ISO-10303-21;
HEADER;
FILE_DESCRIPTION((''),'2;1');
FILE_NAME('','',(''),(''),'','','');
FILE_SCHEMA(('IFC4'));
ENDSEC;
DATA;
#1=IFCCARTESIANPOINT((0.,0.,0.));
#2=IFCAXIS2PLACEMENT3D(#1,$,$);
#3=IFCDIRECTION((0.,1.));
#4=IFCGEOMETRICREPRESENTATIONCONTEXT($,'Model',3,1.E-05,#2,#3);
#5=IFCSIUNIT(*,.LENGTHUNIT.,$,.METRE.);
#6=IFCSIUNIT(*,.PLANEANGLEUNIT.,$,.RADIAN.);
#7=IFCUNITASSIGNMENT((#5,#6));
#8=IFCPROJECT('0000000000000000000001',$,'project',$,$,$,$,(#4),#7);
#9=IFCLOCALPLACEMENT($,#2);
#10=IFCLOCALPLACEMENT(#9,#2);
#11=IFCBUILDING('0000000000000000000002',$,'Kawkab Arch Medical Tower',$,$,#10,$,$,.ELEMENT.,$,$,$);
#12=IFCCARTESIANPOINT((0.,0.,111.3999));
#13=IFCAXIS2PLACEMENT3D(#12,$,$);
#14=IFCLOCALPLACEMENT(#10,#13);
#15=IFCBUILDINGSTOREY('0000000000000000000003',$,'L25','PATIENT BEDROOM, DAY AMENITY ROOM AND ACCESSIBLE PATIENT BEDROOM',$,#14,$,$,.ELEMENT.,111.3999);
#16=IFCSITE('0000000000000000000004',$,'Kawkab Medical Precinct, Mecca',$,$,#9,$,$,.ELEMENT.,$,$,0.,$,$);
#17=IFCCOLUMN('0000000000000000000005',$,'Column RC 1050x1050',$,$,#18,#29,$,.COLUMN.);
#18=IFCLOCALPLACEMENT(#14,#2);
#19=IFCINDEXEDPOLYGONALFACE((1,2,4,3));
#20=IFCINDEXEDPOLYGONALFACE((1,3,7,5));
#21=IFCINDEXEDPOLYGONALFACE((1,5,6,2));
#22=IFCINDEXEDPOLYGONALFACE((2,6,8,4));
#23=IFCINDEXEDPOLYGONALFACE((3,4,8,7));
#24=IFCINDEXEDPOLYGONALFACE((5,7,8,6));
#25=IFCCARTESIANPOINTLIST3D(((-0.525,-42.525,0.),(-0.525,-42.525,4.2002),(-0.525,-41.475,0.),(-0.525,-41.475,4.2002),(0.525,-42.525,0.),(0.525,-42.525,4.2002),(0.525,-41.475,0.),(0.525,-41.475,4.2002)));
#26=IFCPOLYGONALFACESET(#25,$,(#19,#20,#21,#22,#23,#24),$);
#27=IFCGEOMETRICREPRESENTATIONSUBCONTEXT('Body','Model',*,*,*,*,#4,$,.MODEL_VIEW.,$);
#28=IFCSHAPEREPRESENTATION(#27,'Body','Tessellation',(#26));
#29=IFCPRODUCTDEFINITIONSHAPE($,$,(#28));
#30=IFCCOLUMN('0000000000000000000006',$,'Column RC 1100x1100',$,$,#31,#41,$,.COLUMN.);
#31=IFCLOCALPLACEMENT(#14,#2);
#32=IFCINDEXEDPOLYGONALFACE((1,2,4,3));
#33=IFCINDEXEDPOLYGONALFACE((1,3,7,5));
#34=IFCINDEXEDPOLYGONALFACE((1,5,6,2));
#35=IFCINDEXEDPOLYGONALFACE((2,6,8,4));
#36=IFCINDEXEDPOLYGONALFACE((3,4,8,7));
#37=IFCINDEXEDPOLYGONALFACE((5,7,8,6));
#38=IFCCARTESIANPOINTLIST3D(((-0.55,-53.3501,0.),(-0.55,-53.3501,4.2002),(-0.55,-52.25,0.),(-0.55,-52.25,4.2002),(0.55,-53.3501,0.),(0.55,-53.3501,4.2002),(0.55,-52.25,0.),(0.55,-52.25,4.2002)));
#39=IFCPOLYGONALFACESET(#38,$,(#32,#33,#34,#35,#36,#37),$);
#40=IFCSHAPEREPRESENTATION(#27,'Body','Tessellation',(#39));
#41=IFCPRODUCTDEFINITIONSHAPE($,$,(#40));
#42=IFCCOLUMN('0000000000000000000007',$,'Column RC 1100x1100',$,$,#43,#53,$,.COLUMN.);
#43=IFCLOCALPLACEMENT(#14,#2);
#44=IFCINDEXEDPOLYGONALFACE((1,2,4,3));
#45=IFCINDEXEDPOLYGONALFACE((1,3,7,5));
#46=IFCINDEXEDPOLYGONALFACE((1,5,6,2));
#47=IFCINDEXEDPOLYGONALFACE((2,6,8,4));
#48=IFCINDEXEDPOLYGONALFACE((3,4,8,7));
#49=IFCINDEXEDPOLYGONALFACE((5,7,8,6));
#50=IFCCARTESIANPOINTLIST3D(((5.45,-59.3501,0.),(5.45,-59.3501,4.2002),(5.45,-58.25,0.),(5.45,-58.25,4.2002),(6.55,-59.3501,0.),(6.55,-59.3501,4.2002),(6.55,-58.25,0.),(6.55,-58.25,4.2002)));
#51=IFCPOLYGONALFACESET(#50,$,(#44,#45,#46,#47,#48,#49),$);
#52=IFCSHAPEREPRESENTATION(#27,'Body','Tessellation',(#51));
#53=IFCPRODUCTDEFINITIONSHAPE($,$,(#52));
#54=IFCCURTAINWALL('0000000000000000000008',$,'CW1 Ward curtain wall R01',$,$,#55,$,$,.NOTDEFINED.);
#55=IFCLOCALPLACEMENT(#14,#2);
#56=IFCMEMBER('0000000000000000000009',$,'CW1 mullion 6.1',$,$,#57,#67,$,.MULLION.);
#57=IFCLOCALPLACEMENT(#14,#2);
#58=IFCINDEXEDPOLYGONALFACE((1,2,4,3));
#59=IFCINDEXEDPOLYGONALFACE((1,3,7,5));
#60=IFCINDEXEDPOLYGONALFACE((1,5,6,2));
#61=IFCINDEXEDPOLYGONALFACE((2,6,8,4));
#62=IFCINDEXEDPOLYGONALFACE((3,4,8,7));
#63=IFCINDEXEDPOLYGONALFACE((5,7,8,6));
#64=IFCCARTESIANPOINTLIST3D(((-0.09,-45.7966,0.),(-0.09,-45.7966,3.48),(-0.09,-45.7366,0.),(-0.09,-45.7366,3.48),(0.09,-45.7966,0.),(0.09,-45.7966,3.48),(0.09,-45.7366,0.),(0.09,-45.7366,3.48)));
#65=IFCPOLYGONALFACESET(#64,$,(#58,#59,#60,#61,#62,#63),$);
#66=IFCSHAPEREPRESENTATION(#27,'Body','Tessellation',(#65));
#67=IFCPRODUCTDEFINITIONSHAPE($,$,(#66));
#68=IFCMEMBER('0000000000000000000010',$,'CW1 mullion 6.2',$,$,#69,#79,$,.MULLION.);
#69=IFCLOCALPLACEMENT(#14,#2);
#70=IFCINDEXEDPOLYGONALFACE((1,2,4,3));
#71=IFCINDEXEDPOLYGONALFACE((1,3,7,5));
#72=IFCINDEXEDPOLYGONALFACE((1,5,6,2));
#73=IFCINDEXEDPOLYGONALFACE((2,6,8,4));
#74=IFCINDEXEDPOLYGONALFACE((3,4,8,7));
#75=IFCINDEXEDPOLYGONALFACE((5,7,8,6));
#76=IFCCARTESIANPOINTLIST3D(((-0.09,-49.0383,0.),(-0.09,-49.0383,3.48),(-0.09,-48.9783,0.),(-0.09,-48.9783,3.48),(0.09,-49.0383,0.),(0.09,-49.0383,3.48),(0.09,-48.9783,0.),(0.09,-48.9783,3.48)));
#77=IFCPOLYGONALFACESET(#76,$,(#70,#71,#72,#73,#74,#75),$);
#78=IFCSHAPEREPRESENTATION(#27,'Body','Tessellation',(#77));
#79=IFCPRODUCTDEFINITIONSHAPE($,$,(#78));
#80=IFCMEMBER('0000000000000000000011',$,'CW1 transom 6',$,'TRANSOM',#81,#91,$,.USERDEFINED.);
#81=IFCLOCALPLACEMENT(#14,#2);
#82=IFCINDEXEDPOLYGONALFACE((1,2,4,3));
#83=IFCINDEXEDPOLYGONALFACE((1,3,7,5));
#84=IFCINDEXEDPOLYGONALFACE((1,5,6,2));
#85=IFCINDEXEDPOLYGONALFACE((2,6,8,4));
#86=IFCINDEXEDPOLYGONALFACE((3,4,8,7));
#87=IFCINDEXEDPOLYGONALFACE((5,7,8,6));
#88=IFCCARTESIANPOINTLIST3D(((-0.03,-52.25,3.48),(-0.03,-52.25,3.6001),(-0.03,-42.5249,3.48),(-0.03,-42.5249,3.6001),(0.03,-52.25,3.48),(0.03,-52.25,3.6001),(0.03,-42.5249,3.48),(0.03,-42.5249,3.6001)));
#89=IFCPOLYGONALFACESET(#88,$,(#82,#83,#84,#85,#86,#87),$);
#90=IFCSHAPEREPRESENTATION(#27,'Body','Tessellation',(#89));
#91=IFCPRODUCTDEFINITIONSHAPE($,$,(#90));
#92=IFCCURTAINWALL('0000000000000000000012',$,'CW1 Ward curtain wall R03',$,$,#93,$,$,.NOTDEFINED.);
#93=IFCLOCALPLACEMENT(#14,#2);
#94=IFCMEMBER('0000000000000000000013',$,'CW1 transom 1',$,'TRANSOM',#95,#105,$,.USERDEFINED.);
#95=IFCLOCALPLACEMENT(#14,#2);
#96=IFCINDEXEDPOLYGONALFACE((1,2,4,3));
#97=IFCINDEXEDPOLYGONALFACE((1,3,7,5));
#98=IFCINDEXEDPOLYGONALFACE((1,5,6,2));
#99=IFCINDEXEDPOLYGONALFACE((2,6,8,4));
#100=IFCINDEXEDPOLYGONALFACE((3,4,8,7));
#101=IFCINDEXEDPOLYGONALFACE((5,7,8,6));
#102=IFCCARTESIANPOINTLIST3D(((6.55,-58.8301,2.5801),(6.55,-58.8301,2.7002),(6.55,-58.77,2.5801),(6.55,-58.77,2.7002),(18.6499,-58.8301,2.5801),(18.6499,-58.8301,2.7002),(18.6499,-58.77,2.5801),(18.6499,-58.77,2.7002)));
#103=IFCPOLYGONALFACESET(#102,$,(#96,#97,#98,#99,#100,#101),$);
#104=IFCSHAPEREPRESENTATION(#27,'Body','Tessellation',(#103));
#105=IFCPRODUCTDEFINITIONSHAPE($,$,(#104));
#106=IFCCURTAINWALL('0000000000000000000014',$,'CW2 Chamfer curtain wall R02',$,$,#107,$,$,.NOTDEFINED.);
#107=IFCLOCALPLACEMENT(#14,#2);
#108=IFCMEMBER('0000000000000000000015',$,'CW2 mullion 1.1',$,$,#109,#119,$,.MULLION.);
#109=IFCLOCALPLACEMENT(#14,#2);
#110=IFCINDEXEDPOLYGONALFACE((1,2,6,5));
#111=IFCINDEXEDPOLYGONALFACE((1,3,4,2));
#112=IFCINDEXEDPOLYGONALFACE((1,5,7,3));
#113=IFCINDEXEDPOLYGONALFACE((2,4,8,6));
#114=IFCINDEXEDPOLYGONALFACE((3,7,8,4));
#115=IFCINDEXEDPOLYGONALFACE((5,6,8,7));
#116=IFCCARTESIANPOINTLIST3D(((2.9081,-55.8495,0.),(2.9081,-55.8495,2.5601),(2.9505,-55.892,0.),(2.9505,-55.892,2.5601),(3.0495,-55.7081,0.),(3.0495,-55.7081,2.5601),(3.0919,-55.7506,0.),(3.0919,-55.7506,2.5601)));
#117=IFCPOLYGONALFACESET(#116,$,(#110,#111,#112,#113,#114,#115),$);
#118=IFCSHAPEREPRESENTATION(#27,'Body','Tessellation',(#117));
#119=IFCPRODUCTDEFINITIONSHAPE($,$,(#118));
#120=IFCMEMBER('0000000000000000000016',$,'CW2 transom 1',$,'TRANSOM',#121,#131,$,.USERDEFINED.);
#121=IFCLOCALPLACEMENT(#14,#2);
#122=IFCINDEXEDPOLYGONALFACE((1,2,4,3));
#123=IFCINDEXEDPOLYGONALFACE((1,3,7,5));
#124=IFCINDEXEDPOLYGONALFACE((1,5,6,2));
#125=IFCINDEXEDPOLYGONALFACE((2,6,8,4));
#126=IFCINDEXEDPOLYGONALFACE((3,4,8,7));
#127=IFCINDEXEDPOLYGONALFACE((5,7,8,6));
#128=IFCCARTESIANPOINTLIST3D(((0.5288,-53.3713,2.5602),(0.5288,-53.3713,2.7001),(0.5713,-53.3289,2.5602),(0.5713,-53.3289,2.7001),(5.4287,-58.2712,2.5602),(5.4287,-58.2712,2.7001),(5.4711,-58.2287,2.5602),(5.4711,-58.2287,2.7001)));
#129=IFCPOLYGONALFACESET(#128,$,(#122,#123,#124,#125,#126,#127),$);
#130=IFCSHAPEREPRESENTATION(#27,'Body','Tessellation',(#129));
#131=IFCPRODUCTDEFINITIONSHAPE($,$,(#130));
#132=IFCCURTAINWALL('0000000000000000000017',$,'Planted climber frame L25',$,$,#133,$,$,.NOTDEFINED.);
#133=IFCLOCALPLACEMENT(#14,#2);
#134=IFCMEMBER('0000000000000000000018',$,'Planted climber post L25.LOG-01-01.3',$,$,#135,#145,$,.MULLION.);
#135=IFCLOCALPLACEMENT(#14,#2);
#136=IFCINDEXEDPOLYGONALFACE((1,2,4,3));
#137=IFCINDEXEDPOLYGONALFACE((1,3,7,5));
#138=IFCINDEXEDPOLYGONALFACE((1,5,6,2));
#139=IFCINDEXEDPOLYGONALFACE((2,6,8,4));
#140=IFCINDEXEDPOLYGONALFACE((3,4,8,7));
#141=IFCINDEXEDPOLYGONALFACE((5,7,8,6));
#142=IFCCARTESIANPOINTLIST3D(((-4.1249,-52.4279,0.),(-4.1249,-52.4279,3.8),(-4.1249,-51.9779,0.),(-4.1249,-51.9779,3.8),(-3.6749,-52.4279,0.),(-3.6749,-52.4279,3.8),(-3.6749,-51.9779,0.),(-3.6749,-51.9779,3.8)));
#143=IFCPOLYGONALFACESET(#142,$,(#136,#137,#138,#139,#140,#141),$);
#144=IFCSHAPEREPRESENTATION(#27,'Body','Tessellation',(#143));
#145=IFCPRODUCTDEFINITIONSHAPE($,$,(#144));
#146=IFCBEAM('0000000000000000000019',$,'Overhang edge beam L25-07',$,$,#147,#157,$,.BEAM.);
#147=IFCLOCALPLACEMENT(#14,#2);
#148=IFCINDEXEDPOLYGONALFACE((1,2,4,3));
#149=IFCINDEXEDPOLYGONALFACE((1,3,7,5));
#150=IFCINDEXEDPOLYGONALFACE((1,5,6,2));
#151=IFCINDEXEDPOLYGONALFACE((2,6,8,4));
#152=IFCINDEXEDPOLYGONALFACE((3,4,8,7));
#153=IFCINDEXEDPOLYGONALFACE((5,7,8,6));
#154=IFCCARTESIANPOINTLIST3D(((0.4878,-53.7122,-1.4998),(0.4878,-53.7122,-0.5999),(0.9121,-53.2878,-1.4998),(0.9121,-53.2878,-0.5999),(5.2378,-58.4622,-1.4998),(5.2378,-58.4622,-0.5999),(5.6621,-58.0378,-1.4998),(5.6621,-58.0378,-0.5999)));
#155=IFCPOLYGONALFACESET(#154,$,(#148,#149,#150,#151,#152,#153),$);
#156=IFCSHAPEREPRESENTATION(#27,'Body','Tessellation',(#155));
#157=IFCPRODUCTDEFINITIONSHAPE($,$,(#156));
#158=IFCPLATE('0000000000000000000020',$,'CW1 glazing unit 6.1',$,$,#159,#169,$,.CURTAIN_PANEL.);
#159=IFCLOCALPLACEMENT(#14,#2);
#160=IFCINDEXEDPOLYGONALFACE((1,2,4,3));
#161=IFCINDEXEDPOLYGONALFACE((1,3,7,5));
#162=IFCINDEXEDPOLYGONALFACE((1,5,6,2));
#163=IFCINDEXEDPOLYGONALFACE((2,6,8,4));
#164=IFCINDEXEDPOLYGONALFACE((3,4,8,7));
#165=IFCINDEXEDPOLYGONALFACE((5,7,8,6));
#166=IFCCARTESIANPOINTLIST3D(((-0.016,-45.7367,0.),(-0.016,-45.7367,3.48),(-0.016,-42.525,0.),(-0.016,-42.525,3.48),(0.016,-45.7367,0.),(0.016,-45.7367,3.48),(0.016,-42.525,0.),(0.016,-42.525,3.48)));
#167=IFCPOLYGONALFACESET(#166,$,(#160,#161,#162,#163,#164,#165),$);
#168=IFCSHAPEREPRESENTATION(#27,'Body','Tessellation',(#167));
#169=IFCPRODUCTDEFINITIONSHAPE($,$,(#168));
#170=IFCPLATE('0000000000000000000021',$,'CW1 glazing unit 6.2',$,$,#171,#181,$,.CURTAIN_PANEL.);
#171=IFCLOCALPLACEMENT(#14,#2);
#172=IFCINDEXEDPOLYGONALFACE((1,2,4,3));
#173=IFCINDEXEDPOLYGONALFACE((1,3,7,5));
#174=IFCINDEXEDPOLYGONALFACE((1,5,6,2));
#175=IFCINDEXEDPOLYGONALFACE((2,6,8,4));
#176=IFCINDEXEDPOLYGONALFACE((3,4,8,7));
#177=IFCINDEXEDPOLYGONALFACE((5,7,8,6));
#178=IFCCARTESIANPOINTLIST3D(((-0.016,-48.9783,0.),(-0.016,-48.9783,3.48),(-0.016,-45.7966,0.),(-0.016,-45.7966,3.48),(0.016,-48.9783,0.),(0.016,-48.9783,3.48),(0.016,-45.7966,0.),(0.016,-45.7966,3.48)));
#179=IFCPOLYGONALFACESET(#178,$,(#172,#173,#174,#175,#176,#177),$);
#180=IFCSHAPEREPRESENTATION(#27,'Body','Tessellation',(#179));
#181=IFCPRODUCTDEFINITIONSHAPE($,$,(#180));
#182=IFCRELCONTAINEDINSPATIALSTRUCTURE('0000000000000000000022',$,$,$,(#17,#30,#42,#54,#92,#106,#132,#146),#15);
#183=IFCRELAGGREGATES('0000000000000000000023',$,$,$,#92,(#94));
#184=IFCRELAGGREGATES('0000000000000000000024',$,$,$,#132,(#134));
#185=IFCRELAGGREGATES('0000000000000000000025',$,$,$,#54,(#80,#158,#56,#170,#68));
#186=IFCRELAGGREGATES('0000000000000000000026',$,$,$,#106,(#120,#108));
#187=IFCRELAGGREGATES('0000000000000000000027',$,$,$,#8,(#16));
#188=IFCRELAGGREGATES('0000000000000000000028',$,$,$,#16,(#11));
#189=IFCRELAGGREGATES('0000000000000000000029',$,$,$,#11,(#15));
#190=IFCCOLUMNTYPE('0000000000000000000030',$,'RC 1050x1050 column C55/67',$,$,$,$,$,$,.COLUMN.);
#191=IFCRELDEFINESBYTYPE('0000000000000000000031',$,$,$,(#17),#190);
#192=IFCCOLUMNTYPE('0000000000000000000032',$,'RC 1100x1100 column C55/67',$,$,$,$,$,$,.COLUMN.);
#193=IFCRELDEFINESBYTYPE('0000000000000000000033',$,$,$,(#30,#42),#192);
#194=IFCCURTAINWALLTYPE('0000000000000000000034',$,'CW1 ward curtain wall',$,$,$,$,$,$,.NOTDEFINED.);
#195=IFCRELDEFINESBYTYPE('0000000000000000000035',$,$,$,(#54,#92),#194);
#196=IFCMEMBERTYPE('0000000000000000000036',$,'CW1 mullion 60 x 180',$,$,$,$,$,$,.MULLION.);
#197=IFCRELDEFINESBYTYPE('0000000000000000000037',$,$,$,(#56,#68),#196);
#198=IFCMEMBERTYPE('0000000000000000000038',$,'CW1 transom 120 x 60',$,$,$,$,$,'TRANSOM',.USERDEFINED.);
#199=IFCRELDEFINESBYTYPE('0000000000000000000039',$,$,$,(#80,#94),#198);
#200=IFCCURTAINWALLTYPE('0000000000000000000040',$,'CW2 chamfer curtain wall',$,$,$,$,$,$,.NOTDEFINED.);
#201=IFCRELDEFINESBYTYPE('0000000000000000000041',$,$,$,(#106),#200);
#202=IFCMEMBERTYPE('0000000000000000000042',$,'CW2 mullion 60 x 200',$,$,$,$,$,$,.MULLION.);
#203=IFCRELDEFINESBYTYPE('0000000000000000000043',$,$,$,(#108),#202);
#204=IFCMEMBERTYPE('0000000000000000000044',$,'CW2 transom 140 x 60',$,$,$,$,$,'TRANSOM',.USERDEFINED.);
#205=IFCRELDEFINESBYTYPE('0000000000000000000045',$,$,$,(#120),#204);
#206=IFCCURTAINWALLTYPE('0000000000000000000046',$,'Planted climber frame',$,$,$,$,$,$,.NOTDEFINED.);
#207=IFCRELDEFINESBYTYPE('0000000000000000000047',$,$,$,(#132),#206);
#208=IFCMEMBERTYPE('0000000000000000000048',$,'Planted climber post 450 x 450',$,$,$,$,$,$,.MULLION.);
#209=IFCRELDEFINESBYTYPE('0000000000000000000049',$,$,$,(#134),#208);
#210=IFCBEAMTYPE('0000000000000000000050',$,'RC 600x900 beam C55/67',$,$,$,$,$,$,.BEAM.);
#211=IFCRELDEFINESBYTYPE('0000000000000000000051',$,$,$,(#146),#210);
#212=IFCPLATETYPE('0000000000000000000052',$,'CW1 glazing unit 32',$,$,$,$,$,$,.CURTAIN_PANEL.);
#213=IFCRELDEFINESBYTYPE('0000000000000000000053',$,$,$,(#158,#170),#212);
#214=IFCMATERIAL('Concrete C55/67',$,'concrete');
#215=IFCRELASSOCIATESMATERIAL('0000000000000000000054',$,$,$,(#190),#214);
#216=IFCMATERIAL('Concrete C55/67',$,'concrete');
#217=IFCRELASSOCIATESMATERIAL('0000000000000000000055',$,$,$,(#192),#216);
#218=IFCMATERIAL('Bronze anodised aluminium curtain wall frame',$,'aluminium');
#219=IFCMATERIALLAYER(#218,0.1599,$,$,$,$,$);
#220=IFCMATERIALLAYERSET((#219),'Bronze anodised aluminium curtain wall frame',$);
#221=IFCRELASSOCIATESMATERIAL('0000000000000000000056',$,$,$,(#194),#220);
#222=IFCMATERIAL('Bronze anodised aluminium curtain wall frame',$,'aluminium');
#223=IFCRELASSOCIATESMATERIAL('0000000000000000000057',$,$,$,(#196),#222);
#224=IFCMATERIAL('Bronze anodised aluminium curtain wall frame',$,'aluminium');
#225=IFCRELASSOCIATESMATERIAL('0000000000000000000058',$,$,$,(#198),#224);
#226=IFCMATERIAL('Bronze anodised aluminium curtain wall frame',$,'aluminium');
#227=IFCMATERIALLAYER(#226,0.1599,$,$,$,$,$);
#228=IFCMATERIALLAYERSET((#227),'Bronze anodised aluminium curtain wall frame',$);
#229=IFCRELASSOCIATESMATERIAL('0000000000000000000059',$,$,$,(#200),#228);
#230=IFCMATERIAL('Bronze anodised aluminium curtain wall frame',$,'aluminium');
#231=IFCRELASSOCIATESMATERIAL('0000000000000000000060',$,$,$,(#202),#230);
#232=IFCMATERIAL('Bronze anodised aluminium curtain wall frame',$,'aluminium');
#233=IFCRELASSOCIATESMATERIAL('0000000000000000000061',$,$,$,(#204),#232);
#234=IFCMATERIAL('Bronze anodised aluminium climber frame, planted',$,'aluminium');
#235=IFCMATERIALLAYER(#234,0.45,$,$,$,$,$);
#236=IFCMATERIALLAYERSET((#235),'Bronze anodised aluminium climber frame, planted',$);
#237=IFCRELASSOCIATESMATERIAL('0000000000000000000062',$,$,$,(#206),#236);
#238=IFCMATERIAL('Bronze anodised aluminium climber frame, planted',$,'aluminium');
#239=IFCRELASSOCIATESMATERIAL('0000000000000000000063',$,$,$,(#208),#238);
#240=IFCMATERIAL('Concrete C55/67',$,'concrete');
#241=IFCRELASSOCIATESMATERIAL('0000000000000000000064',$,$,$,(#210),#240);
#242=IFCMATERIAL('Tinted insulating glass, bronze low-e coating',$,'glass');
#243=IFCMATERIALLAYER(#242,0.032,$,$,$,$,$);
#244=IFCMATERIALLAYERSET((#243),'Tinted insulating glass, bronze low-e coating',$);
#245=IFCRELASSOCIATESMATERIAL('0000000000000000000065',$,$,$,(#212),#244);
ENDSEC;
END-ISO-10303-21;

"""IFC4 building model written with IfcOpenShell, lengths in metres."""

from ifc_helpers import new_model, si_unit, direction, frame, origin, origin_2d, place, context, subcontext, project, spatial, rectangle, extrude, material, layer, layer_set, material_profile, profile_set, type_object, element, aggregate, save


model = new_model("IFC4")

# Units and contexts
model_context = context("Model", 3, precision=1e-05, world=origin(), true_north=direction((0.0, 1.0)))
body_context = subcontext(model_context, "Body", "Model", "MODEL_VIEW")
ifc_project = project(units=[si_unit("LENGTHUNIT", "METRE"), si_unit("PLANEANGLEUNIT", "RADIAN")], contexts=[model_context])

# Site, building, storey
site_placement = place(None, origin())
site = spatial("IfcSite", under=ifc_project, at=site_placement, Name="Kawkab Medical Precinct, Mecca", CompositionType="ELEMENT", RefElevation=0.0)
building_placement = place(site_placement, origin())
building = spatial("IfcBuilding", under=site, at=building_placement, Name="Kawkab Arch Medical Tower", CompositionType="ELEMENT")
storey_placement = place(building_placement, frame((0.0, 0.0, 111.3999)))
storey = spatial("IfcBuildingStorey", under=building, at=storey_placement, Name="L25", Description="PATIENT BEDROOM, DAY AMENITY ROOM AND ACCESSIBLE PATIENT BEDROOM", CompositionType="ELEMENT", Elevation=111.3999)

# Columns
ifc_material_1 = material(Name="Concrete C55/67", Category="concrete")
ifc_material_profile_1 = material_profile(ifc_material_1, rectangle(XDim=1.05, YDim=1.05, at=origin_2d()), Name="RC 1050x1050")
ifc_profile_set_1 = profile_set([ifc_material_profile_1], Name="Concrete C55/67")
column_type_1 = type_object("IfcColumnType", Name="RC 1050x1050 column C55/67", PredefinedType="COLUMN", material=ifc_profile_set_1)
column_placement = place(storey_placement, frame((0.0, -42.0, 0.0), z_axis=(0.0, 0.0, 1.0), x_axis=(1.0, 0.0, 0.0)))
element("IfcColumn", 1, at=column_placement, inside=storey, type_object=column_type_1, Name="Column RC 1050x1050", PredefinedType="COLUMN", context=body_context, shape_type="SweptSolid", body=[
    extrude(rectangle(XDim=1.05, YDim=1.05, at=origin_2d()), origin(), (0.0, 0.0, 1.0), 4.2002),
])
ifc_material_2 = material(Name="Concrete C55/67", Category="concrete")
ifc_material_profile_2 = material_profile(ifc_material_2, rectangle(XDim=1.1001, YDim=1.1001, at=origin_2d()), Name="RC 1100x1100")
ifc_profile_set_2 = profile_set([ifc_material_profile_2], Name="Concrete C55/67")
column_type_2 = type_object("IfcColumnType", Name="RC 1100x1100 column C55/67", PredefinedType="COLUMN", material=ifc_profile_set_2)
for number, where, z_axis, x_axis, name in (
    (2, (0.0, -52.8, 0.0), (0.0, 0.0, 1.0), (1.0, 0.0, 0.0), "Column RC 1100x1100"),
    (3, (6.0, -58.8, 0.0), (0.0, 0.0, 1.0), (1.0, 0.0, 0.0), "Column RC 1100x1100"),
):
    element("IfcColumn", number, at=place(storey_placement, frame(where, z_axis=z_axis, x_axis=x_axis)), inside=storey, type_object=column_type_2, Name=name, PredefinedType="COLUMN", context=body_context, shape_type="SweptSolid", body=[
        extrude(rectangle(XDim=1.1001, YDim=1.1001, at=origin_2d()), origin(), (0.0, 0.0, 1.0), 4.2002),
    ])

# Curtain wall, members
ifc_material_3 = material(Name="Bronze anodised aluminium curtain wall frame", Category="aluminium")
ifc_layer_1 = layer(ifc_material_3, 0.1599)
ifc_layer_set_1 = layer_set([ifc_layer_1], Name="Bronze anodised aluminium curtain wall frame")
curtain_wall_type_1 = type_object("IfcCurtainWallType", Name="CW1 ward curtain wall", PredefinedType="NOTDEFINED", material=ifc_layer_set_1)
placement = place(storey_placement, origin())
curtain_wall_1 = element("IfcCurtainWall", 4, at=placement, inside=storey, type_object=curtain_wall_type_1, Name="CW1 Ward curtain wall R01", PredefinedType="NOTDEFINED")
ifc_material_4 = material(Name="Bronze anodised aluminium curtain wall frame", Category="aluminium")
ifc_material_profile_3 = material_profile(ifc_material_4, rectangle(XDim=0.1799, YDim=0.0601, at=origin_2d()), Name="AL 60x180")
ifc_profile_set_3 = profile_set([ifc_material_profile_3], Name="Bronze anodised aluminium curtain wall frame")
member_type_1 = type_object("IfcMemberType", Name="CW1 mullion 60 x 180", PredefinedType="MULLION", material=ifc_profile_set_3)
member_1_placement = place(storey_placement, frame((0.0, -45.7666, 0.0), z_axis=(0.0, 0.0, 1.0), x_axis=(1.0, 0.0, 0.0)))
member_1 = element("IfcMember", 5, at=member_1_placement, type_object=member_type_1, Name="CW1 mullion 6.1", PredefinedType="MULLION", context=body_context, shape_type="SweptSolid", body=[
    extrude(rectangle(XDim=0.1799, YDim=0.0601, at=origin_2d()), origin(), (0.0, 0.0, 1.0), 3.48),
])
member_2_placement = place(storey_placement, frame((0.0, -49.0083, 0.0), z_axis=(0.0, 0.0, 1.0), x_axis=(1.0, 0.0, 0.0)))
member_2 = element("IfcMember", 6, at=member_2_placement, type_object=member_type_1, Name="CW1 mullion 6.2", PredefinedType="MULLION", context=body_context, shape_type="SweptSolid", body=[
    extrude(rectangle(XDim=0.1799, YDim=0.0601, at=origin_2d()), origin(), (0.0, 0.0, 1.0), 3.48),
])
ifc_material_5 = material(Name="Bronze anodised aluminium curtain wall frame", Category="aluminium")
ifc_material_profile_4 = material_profile(ifc_material_5, rectangle(XDim=0.0601, YDim=0.1201, at=origin_2d()), Name="AL 60x120")
ifc_profile_set_4 = profile_set([ifc_material_profile_4], Name="Bronze anodised aluminium curtain wall frame")
member_type_2 = type_object("IfcMemberType", Name="CW1 transom 120 x 60", ElementType="TRANSOM", PredefinedType="USERDEFINED", material=ifc_profile_set_4)
member_3_placement = place(storey_placement, frame((0.0, -42.5249, 3.54), z_axis=(0.0, -1.0, 0.0), x_axis=(1.0, 0.0, 0.0)))
member_3 = element("IfcMember", 7, at=member_3_placement, type_object=member_type_2, Name="CW1 transom 6", ObjectType="TRANSOM", PredefinedType="USERDEFINED", context=body_context, shape_type="SweptSolid", body=[
    extrude(rectangle(XDim=0.0601, YDim=0.1201, at=origin_2d()), origin(), (0.0, 0.0, 1.0), 9.7251),
])

# Curtain wall, member
curtain_wall_2 = element("IfcCurtainWall", 8, at=placement, inside=storey, type_object=curtain_wall_type_1, Name="CW1 Ward curtain wall R03", PredefinedType="NOTDEFINED")
member_4_placement = place(storey_placement, frame((6.55, -58.8, 2.6401), z_axis=(1.0, 0.0, 0.0), x_axis=(0.0, 1.0, 0.0)))
member_4 = element("IfcMember", 9, at=member_4_placement, type_object=member_type_2, Name="CW1 transom 1", ObjectType="TRANSOM", PredefinedType="USERDEFINED", context=body_context, shape_type="SweptSolid", body=[
    extrude(rectangle(XDim=0.0601, YDim=0.1201, at=origin_2d()), origin(), (0.0, 0.0, 1.0), 12.0999),
])
aggregate(curtain_wall_2, [member_4])

# Curtain wall, members
ifc_material_6 = material(Name="Bronze anodised aluminium curtain wall frame", Category="aluminium")
ifc_layer_2 = layer(ifc_material_6, 0.1599)
ifc_layer_set_2 = layer_set([ifc_layer_2], Name="Bronze anodised aluminium curtain wall frame")
curtain_wall_type_2 = type_object("IfcCurtainWallType", Name="CW2 chamfer curtain wall", PredefinedType="NOTDEFINED", material=ifc_layer_set_2)
curtain_wall_3 = element("IfcCurtainWall", 10, at=placement, inside=storey, type_object=curtain_wall_type_2, Name="CW2 Chamfer curtain wall R02", PredefinedType="NOTDEFINED")
ifc_material_7 = material(Name="Bronze anodised aluminium curtain wall frame", Category="aluminium")
ifc_material_profile_5 = material_profile(ifc_material_7, rectangle(XDim=0.2, YDim=0.0601, at=origin_2d()), Name="AL 60x200")
ifc_profile_set_5 = profile_set([ifc_material_profile_5], Name="Bronze anodised aluminium curtain wall frame")
member_type_3 = type_object("IfcMemberType", Name="CW2 mullion 60 x 200", PredefinedType="MULLION", material=ifc_profile_set_5)
member_5_placement = place(storey_placement, frame((3.0, -55.8, 0.0), z_axis=(0.0, 0.0, 1.0), x_axis=(0.707107, 0.707107, 0.0)))
member_5 = element("IfcMember", 11, at=member_5_placement, type_object=member_type_3, Name="CW2 mullion 1.1", PredefinedType="MULLION", context=body_context, shape_type="SweptSolid", body=[
    extrude(rectangle(XDim=0.2, YDim=0.0601, at=origin_2d()), origin(), (0.0, 0.0, 1.0), 2.5601),
])
ifc_material_8 = material(Name="Bronze anodised aluminium curtain wall frame", Category="aluminium")
ifc_material_profile_6 = material_profile(ifc_material_8, rectangle(XDim=0.0601, YDim=0.1399, at=origin_2d()), Name="AL 60x140")
ifc_profile_set_6 = profile_set([ifc_material_profile_6], Name="Bronze anodised aluminium curtain wall frame")
member_type_4 = type_object("IfcMemberType", Name="CW2 transom 140 x 60", ElementType="TRANSOM", PredefinedType="USERDEFINED", material=ifc_profile_set_6)
member_6_placement = place(storey_placement, frame((0.55, -53.3501, 2.6301), z_axis=(0.707107, -0.707107, 0.0), x_axis=(0.707107, 0.707107, 0.0)))
member_6 = element("IfcMember", 12, at=member_6_placement, type_object=member_type_4, Name="CW2 transom 1", ObjectType="TRANSOM", PredefinedType="USERDEFINED", context=body_context, shape_type="SweptSolid", body=[
    extrude(rectangle(XDim=0.0601, YDim=0.1399, at=origin_2d()), origin(), (0.0, 0.0, 1.0), 6.9294),
])

# Curtain wall, member
ifc_material_9 = material(Name="Bronze anodised aluminium climber frame, planted", Category="aluminium")
ifc_layer_3 = layer(ifc_material_9, 0.45)
ifc_layer_set_3 = layer_set([ifc_layer_3], Name="Bronze anodised aluminium climber frame, planted")
curtain_wall_type_3 = type_object("IfcCurtainWallType", Name="Planted climber frame", PredefinedType="NOTDEFINED", material=ifc_layer_set_3)
curtain_wall_4 = element("IfcCurtainWall", 13, at=placement, inside=storey, type_object=curtain_wall_type_3, Name="Planted climber frame L25", PredefinedType="NOTDEFINED")
ifc_material_10 = material(Name="Bronze anodised aluminium climber frame, planted", Category="aluminium")
ifc_material_profile_7 = material_profile(ifc_material_10, rectangle(XDim=0.45, YDim=0.45, at=origin_2d()), Name="Post 450x450")
ifc_profile_set_7 = profile_set([ifc_material_profile_7], Name="Bronze anodised aluminium climber frame, planted")
member_type_5 = type_object("IfcMemberType", Name="Planted climber post 450 x 450", PredefinedType="MULLION", material=ifc_profile_set_7)
member_7_placement = place(storey_placement, frame((-3.8999, -52.2029, 0.0), z_axis=(0.0, 0.0, 1.0), x_axis=(1.0, 0.0, 0.0)))
member_7 = element("IfcMember", 14, at=member_7_placement, type_object=member_type_5, Name="Planted climber post L25.LOG-01-01.3", PredefinedType="MULLION", context=body_context, shape_type="SweptSolid", body=[
    extrude(rectangle(XDim=0.45, YDim=0.45, at=origin_2d()), origin(), (0.0, 0.0, 1.0), 3.8),
])
aggregate(curtain_wall_4, [member_7])

# Beam
ifc_material_11 = material(Name="Concrete C55/67", Category="concrete")
ifc_material_profile_8 = material_profile(ifc_material_11, rectangle(XDim=0.6001, YDim=0.8999, at=origin_2d()), Name="RC 600x900")
ifc_profile_set_8 = profile_set([ifc_material_profile_8], Name="Concrete C55/67")
beam_type = type_object("IfcBeamType", Name="RC 600x900 beam C55/67", PredefinedType="BEAM", material=ifc_profile_set_8)
beam_placement = place(storey_placement, frame((5.45, -58.25, -1.0498), z_axis=(-0.707107, 0.707107, 0.0), x_axis=(-0.707107, -0.707107, 0.0)))
element("IfcBeam", 15, at=beam_placement, inside=storey, type_object=beam_type, Name="Overhang edge beam L25-07", PredefinedType="BEAM", context=body_context, shape_type="SweptSolid", body=[
    extrude(rectangle(XDim=0.6001, YDim=0.8999, at=origin_2d()), origin(), (0.0, 0.0, 1.0), 6.7175),
])

# Plates
ifc_material_12 = material(Name="Tinted insulating glass, bronze low-e coating", Category="glass")
ifc_layer_4 = layer(ifc_material_12, 0.032)
ifc_layer_set_4 = layer_set([ifc_layer_4], Name="Tinted insulating glass, bronze low-e coating")
plate_type_1 = type_object("IfcPlateType", Name="CW1 glazing unit 32", PredefinedType="CURTAIN_PANEL", material=ifc_layer_set_4)
plate_1_placement = place(storey_placement, frame((0.0, -44.1309, 0.0), z_axis=(0.0, 0.0, 1.0), x_axis=(0.0, -1.0, 0.0)))
plate_1 = element("IfcPlate", 16, at=plate_1_placement, type_object=plate_type_1, Name="CW1 glazing unit 6.1", PredefinedType="CURTAIN_PANEL", context=body_context, shape_type="SweptSolid", body=[
    extrude(rectangle(XDim=3.2117, YDim=0.032, at=origin_2d()), origin(), (0.0, 0.0, 1.0), 3.48),
])
plate_2_placement = place(storey_placement, frame((0.0, -47.3875, 0.0), z_axis=(0.0, 0.0, 1.0), x_axis=(0.0, -1.0, 0.0)))
plate_2 = element("IfcPlate", 17, at=plate_2_placement, type_object=plate_type_1, Name="CW1 glazing unit 6.2", PredefinedType="CURTAIN_PANEL", context=body_context, shape_type="SweptSolid", body=[
    extrude(rectangle(XDim=3.1816, YDim=0.032, at=origin_2d()), origin(), (0.0, 0.0, 1.0), 3.48),
])
aggregate(curtain_wall_1, [member_3, plate_1, member_1, plate_2, member_2])
aggregate(curtain_wall_3, [member_6, member_5])

save(model, "model.ifc")
